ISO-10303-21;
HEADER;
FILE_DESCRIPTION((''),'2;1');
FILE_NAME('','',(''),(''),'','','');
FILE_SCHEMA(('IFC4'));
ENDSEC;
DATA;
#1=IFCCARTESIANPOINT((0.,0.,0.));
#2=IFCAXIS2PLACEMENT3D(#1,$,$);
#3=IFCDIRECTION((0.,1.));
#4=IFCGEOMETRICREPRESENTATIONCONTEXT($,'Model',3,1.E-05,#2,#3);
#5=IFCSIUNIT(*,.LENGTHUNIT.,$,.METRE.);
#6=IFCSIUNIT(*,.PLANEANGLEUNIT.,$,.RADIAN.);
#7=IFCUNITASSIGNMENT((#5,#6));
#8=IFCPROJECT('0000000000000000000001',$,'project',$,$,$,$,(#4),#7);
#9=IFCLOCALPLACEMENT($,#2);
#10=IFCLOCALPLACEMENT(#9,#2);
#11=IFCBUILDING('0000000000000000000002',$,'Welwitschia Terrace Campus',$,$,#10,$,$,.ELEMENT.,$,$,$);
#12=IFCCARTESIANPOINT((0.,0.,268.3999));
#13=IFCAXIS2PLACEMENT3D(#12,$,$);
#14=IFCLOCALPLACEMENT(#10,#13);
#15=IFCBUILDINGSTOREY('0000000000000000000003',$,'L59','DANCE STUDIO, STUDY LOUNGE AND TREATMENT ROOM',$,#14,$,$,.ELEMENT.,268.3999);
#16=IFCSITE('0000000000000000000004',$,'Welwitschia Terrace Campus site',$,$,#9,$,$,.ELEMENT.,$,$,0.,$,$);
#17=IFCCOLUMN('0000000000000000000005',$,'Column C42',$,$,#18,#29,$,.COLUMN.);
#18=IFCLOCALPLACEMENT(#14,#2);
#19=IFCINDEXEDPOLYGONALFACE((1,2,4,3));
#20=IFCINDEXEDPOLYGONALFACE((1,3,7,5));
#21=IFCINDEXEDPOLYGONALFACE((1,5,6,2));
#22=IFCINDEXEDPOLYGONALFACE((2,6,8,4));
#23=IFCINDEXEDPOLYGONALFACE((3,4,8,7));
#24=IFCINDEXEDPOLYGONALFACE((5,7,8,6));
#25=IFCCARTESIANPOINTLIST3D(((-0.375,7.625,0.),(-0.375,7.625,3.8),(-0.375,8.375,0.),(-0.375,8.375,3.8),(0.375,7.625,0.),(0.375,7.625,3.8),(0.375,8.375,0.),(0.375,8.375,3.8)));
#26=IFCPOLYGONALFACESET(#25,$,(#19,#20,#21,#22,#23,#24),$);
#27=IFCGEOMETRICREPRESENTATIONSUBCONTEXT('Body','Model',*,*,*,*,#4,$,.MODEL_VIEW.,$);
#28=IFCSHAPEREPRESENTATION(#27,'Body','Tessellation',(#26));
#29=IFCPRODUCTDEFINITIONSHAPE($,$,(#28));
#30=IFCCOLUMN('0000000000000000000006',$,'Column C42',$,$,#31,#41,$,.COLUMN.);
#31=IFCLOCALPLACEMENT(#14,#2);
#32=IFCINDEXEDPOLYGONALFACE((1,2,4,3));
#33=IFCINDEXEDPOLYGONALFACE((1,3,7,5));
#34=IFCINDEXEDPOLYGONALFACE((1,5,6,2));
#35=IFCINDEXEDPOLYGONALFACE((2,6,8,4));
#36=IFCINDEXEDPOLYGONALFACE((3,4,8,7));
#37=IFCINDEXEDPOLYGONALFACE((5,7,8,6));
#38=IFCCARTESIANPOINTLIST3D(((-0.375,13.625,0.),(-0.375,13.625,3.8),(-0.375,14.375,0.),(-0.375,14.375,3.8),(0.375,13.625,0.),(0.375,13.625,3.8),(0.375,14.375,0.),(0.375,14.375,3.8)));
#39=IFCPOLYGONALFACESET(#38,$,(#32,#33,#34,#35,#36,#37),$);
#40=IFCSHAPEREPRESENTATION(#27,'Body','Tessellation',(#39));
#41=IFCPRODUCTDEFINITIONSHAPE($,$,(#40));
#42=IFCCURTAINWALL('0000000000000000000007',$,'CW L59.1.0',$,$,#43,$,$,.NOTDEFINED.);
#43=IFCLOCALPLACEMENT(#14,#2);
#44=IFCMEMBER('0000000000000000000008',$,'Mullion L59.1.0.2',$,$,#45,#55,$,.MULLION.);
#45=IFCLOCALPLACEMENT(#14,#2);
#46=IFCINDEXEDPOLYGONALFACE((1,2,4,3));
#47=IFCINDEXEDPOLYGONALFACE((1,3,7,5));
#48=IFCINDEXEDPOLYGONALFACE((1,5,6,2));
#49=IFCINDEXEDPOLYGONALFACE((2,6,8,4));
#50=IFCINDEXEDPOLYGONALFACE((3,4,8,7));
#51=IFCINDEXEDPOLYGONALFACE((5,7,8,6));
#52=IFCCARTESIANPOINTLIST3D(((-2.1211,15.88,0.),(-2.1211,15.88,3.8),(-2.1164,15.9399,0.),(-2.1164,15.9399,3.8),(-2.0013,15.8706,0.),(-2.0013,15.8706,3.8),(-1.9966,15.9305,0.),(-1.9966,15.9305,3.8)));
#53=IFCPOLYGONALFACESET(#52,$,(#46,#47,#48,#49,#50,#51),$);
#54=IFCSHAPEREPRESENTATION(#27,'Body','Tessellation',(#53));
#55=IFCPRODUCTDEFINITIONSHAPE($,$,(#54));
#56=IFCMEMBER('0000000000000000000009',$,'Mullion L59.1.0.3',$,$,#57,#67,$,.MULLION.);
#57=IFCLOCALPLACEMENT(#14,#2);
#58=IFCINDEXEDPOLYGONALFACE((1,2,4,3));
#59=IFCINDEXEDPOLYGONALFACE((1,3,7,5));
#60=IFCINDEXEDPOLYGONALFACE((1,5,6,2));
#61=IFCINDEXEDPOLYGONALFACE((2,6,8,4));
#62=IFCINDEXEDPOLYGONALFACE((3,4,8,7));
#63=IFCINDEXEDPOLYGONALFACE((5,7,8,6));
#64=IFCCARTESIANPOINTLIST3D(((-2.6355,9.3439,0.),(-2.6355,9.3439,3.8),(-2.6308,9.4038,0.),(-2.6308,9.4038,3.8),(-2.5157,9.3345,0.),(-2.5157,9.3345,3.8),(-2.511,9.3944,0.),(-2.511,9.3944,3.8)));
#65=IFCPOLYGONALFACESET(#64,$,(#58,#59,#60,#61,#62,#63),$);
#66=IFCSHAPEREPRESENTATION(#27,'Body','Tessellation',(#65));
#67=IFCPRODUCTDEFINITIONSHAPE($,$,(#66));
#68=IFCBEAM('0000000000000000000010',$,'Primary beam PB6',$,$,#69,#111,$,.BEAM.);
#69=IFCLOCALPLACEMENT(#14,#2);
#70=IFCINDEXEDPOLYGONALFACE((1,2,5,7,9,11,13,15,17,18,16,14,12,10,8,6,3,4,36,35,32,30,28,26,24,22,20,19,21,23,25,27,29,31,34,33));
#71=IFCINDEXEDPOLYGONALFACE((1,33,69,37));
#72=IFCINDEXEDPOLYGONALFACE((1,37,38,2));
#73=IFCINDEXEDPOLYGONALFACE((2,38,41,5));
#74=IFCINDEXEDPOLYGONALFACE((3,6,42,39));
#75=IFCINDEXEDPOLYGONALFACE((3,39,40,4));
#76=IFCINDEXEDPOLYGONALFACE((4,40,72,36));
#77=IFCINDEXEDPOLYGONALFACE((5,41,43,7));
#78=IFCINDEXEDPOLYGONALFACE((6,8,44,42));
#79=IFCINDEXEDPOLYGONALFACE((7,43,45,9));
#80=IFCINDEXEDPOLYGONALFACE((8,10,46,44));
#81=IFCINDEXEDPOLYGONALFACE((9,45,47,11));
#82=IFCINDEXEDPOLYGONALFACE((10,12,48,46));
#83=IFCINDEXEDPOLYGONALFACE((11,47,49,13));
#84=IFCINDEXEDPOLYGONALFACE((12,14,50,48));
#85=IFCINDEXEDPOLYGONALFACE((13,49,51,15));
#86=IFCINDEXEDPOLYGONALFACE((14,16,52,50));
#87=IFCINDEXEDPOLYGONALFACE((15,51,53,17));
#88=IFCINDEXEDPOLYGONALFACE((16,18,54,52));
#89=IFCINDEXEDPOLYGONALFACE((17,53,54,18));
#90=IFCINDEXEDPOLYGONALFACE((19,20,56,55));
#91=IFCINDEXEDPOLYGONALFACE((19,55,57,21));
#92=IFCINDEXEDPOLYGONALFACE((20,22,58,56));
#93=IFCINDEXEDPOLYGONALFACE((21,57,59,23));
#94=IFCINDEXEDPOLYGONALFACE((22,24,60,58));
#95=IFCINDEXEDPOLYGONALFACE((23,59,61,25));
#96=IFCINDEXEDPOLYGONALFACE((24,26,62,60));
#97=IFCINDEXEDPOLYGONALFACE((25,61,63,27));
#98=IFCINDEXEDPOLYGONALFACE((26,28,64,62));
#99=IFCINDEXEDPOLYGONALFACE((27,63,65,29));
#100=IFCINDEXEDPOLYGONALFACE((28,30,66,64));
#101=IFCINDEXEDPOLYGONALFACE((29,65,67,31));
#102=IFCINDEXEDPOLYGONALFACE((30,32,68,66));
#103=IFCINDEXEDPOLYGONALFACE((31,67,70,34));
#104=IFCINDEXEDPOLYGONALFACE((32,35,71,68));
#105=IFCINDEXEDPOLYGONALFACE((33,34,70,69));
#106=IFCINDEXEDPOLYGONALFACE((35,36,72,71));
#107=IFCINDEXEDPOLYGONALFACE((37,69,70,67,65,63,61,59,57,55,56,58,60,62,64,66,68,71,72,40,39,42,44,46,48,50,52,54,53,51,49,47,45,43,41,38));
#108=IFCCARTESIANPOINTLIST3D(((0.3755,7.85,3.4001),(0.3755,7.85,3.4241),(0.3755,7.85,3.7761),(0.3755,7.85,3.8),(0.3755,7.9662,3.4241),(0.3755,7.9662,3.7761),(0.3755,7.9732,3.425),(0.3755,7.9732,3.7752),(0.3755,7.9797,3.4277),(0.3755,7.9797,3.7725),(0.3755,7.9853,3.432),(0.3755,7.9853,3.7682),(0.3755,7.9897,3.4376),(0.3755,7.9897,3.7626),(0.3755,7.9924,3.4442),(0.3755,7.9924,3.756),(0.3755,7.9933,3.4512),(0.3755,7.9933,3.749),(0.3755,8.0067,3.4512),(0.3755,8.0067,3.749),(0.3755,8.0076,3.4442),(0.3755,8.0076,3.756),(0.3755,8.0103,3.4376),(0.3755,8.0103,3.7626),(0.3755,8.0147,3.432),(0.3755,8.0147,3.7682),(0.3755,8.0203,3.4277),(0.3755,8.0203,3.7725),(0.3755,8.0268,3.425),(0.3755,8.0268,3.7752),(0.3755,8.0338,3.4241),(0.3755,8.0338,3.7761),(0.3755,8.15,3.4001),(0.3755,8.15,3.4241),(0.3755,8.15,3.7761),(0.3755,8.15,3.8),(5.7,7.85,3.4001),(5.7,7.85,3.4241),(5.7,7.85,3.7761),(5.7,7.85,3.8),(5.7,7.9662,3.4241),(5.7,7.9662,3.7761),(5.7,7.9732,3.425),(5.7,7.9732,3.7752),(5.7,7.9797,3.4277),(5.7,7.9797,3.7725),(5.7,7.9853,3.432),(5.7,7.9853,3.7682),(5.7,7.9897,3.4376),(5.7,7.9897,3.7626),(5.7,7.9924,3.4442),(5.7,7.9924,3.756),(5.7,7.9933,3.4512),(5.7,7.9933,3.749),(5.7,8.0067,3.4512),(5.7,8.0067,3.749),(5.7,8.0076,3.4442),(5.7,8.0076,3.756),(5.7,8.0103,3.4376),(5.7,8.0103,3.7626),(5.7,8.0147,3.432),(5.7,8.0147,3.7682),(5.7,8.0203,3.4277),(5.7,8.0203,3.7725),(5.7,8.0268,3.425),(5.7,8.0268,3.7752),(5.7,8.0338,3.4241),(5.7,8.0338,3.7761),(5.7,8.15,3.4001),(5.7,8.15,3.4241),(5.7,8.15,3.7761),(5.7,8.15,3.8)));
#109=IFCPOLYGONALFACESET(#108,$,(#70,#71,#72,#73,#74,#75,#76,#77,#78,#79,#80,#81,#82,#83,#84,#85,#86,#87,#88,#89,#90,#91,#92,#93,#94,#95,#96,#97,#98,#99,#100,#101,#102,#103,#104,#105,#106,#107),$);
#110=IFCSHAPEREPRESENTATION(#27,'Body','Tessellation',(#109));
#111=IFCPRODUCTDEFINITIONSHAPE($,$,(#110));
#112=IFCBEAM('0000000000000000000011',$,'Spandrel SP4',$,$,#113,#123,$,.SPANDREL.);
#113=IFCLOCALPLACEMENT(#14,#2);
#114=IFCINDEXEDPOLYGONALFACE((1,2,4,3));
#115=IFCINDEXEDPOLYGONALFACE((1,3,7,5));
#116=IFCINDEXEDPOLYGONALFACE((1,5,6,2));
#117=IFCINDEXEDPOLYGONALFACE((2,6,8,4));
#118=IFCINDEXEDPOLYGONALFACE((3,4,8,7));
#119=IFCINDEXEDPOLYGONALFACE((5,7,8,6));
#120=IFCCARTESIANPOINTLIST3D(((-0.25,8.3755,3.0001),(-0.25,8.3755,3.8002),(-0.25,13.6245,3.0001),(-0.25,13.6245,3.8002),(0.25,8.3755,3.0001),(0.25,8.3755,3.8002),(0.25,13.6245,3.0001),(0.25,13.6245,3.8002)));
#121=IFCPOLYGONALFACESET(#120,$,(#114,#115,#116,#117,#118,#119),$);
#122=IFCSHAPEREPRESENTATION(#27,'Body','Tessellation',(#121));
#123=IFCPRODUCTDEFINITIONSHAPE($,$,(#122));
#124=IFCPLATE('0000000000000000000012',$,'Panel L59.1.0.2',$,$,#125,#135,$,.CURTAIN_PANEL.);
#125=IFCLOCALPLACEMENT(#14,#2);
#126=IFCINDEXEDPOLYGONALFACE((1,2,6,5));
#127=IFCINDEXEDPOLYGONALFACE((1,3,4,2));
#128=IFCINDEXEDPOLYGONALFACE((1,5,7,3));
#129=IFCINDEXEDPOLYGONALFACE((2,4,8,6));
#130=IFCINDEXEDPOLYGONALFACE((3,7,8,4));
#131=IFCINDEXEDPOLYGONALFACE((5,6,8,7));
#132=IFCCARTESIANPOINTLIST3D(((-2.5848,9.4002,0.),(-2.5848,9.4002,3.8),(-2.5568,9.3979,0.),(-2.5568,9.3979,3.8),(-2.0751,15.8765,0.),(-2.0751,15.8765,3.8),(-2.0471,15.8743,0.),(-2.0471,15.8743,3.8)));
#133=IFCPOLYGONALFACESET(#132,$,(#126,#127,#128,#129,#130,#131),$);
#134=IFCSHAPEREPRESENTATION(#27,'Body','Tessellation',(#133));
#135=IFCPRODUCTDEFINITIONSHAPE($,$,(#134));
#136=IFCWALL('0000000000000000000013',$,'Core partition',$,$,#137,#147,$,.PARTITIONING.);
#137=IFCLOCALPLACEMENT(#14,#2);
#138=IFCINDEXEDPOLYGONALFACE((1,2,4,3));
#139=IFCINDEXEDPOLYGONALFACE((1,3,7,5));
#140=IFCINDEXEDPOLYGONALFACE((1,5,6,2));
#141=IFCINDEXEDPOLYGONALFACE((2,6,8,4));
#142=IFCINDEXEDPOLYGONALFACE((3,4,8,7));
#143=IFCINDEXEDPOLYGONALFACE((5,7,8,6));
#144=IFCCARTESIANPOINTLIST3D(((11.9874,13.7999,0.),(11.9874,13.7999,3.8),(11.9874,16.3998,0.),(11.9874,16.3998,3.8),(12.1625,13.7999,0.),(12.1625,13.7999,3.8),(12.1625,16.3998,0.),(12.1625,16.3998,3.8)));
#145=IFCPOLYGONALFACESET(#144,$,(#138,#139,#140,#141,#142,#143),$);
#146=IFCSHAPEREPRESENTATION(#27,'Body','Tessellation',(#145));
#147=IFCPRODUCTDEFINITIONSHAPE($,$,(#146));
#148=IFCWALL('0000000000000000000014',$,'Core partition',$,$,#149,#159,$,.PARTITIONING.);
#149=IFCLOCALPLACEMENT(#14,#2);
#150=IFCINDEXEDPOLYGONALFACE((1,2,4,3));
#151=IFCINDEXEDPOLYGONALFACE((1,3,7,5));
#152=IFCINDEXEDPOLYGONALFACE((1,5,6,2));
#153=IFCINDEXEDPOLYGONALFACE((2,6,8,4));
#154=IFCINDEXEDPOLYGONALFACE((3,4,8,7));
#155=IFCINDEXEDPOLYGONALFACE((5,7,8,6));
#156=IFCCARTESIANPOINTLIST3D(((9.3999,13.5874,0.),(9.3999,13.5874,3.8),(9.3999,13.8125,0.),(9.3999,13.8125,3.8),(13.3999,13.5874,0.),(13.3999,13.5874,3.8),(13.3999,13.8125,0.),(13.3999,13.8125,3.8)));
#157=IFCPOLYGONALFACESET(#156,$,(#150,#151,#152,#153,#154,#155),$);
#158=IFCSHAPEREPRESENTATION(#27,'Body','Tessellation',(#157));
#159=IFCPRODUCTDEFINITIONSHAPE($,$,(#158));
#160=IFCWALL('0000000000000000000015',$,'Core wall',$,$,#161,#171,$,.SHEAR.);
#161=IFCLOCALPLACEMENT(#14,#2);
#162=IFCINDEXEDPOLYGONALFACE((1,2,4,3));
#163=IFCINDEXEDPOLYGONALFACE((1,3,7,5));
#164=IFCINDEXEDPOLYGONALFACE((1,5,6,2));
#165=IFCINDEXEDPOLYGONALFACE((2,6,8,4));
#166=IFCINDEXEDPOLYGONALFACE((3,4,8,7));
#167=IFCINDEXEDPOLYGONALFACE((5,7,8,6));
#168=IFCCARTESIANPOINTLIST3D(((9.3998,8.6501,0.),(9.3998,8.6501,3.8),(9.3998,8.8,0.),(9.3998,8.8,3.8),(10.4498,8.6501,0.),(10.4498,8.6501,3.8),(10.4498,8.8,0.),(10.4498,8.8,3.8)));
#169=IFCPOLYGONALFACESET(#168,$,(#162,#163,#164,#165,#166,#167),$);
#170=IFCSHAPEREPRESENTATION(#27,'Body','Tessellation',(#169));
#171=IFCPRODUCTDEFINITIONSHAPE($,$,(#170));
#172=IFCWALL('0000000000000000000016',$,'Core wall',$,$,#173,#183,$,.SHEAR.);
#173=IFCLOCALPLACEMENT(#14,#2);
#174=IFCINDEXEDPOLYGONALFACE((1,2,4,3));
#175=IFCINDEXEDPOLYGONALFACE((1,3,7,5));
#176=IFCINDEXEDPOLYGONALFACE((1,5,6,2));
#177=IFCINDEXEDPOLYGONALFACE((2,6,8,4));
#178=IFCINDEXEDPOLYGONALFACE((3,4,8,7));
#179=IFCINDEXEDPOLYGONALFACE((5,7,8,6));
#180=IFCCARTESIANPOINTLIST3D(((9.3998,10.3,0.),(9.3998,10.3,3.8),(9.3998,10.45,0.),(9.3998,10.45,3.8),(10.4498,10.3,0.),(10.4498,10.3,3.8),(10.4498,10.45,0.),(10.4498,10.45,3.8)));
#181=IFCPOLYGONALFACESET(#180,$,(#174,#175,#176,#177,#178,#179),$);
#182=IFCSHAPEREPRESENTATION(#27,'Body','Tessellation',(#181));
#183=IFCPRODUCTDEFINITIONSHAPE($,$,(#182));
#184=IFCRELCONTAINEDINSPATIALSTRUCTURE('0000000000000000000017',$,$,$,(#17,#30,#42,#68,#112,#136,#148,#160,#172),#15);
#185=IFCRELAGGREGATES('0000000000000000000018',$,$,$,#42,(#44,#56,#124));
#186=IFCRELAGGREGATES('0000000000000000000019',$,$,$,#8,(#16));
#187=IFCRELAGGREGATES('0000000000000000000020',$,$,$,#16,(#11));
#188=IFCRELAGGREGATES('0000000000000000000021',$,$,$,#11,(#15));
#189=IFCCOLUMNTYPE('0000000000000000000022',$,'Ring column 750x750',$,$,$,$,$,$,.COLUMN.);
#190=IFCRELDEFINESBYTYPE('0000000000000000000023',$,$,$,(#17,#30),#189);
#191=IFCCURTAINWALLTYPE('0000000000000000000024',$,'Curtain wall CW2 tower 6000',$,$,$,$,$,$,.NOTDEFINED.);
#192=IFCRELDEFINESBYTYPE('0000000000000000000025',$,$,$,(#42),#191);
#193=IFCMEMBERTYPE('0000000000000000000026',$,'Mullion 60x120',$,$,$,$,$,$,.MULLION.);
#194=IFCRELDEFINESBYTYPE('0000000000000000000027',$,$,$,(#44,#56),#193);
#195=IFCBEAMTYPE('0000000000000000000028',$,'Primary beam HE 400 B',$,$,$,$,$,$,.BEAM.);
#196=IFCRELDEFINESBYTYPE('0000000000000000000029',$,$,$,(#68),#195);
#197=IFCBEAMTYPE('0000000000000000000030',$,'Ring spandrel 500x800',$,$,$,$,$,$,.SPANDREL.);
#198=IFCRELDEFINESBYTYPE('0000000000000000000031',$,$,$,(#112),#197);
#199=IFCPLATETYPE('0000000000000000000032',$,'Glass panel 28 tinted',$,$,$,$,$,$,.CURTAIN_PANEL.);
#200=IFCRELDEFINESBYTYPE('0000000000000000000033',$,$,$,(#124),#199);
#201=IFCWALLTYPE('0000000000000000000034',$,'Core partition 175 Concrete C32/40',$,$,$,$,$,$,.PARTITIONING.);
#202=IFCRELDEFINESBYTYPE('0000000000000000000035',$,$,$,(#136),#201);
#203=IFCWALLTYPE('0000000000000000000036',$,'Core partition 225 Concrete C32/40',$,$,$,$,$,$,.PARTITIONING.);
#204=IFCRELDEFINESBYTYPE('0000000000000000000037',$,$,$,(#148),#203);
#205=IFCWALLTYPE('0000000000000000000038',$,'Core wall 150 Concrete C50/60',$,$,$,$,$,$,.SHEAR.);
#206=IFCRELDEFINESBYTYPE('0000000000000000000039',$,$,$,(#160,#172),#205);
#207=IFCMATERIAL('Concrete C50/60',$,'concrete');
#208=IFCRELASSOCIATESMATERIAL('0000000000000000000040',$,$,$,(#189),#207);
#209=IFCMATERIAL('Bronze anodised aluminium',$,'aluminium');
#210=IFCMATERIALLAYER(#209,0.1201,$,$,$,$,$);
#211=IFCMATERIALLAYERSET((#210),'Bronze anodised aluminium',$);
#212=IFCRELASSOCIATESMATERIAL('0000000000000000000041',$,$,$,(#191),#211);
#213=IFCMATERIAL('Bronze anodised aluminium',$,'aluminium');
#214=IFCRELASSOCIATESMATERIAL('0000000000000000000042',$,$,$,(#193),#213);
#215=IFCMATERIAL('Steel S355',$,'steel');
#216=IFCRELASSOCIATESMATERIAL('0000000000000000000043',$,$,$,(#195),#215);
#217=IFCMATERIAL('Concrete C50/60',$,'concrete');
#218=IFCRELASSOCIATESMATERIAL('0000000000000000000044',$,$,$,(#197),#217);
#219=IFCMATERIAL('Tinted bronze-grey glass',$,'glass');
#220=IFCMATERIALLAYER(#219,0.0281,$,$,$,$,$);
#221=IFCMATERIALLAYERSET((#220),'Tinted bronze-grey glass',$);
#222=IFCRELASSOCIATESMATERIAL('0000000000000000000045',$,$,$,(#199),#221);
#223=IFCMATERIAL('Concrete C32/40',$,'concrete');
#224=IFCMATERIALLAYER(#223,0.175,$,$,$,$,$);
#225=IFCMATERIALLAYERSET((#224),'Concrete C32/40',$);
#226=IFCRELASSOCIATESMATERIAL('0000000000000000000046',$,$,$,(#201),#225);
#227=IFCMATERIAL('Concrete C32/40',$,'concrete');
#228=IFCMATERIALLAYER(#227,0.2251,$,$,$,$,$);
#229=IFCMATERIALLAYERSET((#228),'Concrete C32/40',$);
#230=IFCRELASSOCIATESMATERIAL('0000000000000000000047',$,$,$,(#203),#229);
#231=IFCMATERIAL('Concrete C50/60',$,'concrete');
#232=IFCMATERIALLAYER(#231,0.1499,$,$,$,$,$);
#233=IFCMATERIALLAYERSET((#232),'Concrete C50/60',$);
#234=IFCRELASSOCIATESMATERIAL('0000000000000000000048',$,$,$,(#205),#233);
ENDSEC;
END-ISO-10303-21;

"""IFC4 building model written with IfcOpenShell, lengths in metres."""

from ifc_helpers import new_model, si_unit, direction, frame, frame_2d, origin, origin_2d, place, context, subcontext, project, spatial, rectangle, i_section, extrude, material, layer, layer_set, material_profile, profile_set, type_object, element, aggregate, save


model = new_model("IFC4")

# Units and contexts
model_context = context("Model", 3, precision=1e-05, world=origin(), true_north=direction((0.0, 1.0)))
body_context = subcontext(model_context, "Body", "Model", "MODEL_VIEW")
ifc_project = project(units=[si_unit("LENGTHUNIT", "METRE"), si_unit("PLANEANGLEUNIT", "RADIAN")], contexts=[model_context])

# Site, building, storey
site_placement = place(None, origin())
site = spatial("IfcSite", under=ifc_project, at=site_placement, Name="Welwitschia Terrace Campus site", CompositionType="ELEMENT", RefElevation=0.0)
building_placement = place(site_placement, origin())
building = spatial("IfcBuilding", under=site, at=building_placement, Name="Welwitschia Terrace Campus", CompositionType="ELEMENT")
storey_placement = place(building_placement, frame((0.0, 0.0, 268.3999)))
storey = spatial("IfcBuildingStorey", under=building, at=storey_placement, Name="L59", Description="DANCE STUDIO, STUDY LOUNGE AND TREATMENT ROOM", CompositionType="ELEMENT", Elevation=268.3999)

# Columns
ifc_material_1 = material(Name="Concrete C50/60", Category="concrete")
ifc_material_profile_1 = material_profile(ifc_material_1, rectangle(XDim=0.75, YDim=0.75, at=origin_2d()))
ifc_profile_set_1 = profile_set([ifc_material_profile_1], Name="Concrete C50/60")
column_type = type_object("IfcColumnType", Name="Ring column 750x750", PredefinedType="COLUMN", material=ifc_profile_set_1)
for number, where, z_axis, x_axis, name in (
    (1, (0.0, 8.0, 0.0), (0.0, 0.0, 1.0), (1.0, 0.0, 0.0), "Column C42"),
    (2, (0.0, 14.0, 0.0), (0.0, 0.0, 1.0), (1.0, 0.0, 0.0), "Column C42"),
):
    element("IfcColumn", number, at=place(storey_placement, frame(where, z_axis=z_axis, x_axis=x_axis)), inside=storey, type_object=column_type, Name=name, PredefinedType="COLUMN", context=body_context, shape_type="SweptSolid", body=[
        extrude(rectangle(XDim=0.75, YDim=0.75, at=origin_2d()), origin(), (0.0, 0.0, 1.0), 3.8),
    ])

# Curtain wall, members
ifc_material_2 = material(Name="Bronze anodised aluminium", Category="aluminium")
ifc_layer_1 = layer(ifc_material_2, 0.1201)
ifc_layer_set_1 = layer_set([ifc_layer_1], Name="Bronze anodised aluminium")
curtain_wall_type = type_object("IfcCurtainWallType", Name="Curtain wall CW2 tower 6000", PredefinedType="NOTDEFINED", material=ifc_layer_set_1)
curtain_wall_placement = place(storey_placement, origin())
curtain_wall = element("IfcCurtainWall", 3, at=curtain_wall_placement, inside=storey, type_object=curtain_wall_type, Name="CW L59.1.0", PredefinedType="NOTDEFINED")
ifc_material_3 = material(Name="Bronze anodised aluminium", Category="aluminium")
ifc_material_profile_2 = material_profile(ifc_material_3, rectangle(XDim=0.1201, YDim=0.0601, at=origin_2d()))
ifc_profile_set_2 = profile_set([ifc_material_profile_2], Name="Bronze anodised aluminium")
member_type = type_object("IfcMemberType", Name="Mullion 60x120", PredefinedType="MULLION", material=ifc_profile_set_2)
member_1_placement = place(storey_placement, frame((-2.0588, 15.9053, 0.0), z_axis=(0.0, 0.0, 1.0), x_axis=(0.996917, -0.078459, 0.0)))
member_1 = element("IfcMember", 4, at=member_1_placement, type_object=member_type, Name="Mullion L59.1.0.2", PredefinedType="MULLION", context=body_context, shape_type="SweptSolid", body=[
    extrude(rectangle(XDim=0.1201, YDim=0.0601, at=origin_2d()), origin(), (0.0, 0.0, 1.0), 3.8),
])
member_2_placement = place(storey_placement, frame((-2.5732, 9.3691, 0.0), z_axis=(0.0, 0.0, 1.0), x_axis=(0.996917, -0.078459, 0.0)))
member_2 = element("IfcMember", 5, at=member_2_placement, type_object=member_type, Name="Mullion L59.1.0.3", PredefinedType="MULLION", context=body_context, shape_type="SweptSolid", body=[
    extrude(rectangle(XDim=0.1201, YDim=0.0601, at=origin_2d()), origin(), (0.0, 0.0, 1.0), 3.8),
])

# Beams
ifc_material_4 = material(Name="Steel S355", Category="steel")
ifc_material_profile_3 = material_profile(ifc_material_4, i_section(OverallWidth=0.3, OverallDepth=0.3999, WebThickness=0.0134, FlangeThickness=0.0239, FilletRadius=0.0271, at=origin_2d()))
ifc_profile_set_3 = profile_set([ifc_material_profile_3], Name="Steel S355")
beam_type_1 = type_object("IfcBeamType", Name="Primary beam HE 400 B", PredefinedType="BEAM", material=ifc_profile_set_3)
beam_1_placement = place(storey_placement, frame((0.3755, 8.0, 3.6001), z_axis=(1.0, 0.0, 0.0), x_axis=(0.0, 1.0, 0.0)))
element("IfcBeam", 6, at=beam_1_placement, inside=storey, type_object=beam_type_1, Name="Primary beam PB6", PredefinedType="BEAM", context=body_context, shape_type="SweptSolid", body=[
    extrude(i_section(OverallWidth=0.3, OverallDepth=0.3999, WebThickness=0.0134, FlangeThickness=0.0239, FilletRadius=0.0271, at=origin_2d()), origin(), (0.0, 0.0, 1.0), 5.3245),
])
ifc_material_5 = material(Name="Concrete C50/60", Category="concrete")
ifc_material_profile_4 = material_profile(ifc_material_5, rectangle(XDim=0.5, YDim=0.8, at=origin_2d()))
ifc_profile_set_4 = profile_set([ifc_material_profile_4], Name="Concrete C50/60")
beam_type_2 = type_object("IfcBeamType", Name="Ring spandrel 500x800", PredefinedType="SPANDREL", material=ifc_profile_set_4)
beam_2_placement = place(storey_placement, frame((0.0, 13.6245, 3.4001), z_axis=(0.0, -1.0, 0.0), x_axis=(1.0, 0.0, 0.0)))
element("IfcBeam", 7, at=beam_2_placement, inside=storey, type_object=beam_type_2, Name="Spandrel SP4", PredefinedType="SPANDREL", context=body_context, shape_type="SweptSolid", body=[
    extrude(rectangle(XDim=0.5, YDim=0.8, at=origin_2d()), origin(), (0.0, 0.0, 1.0), 5.249),
])

# Plate
ifc_material_6 = material(Name="Tinted bronze-grey glass", Category="glass")
ifc_layer_2 = layer(ifc_material_6, 0.0281)
ifc_layer_set_2 = layer_set([ifc_layer_2], Name="Tinted bronze-grey glass")
plate_type = type_object("IfcPlateType", Name="Glass panel 28 tinted", PredefinedType="CURTAIN_PANEL", material=ifc_layer_set_2)
plate_placement = place(storey_placement, frame((-2.3159, 12.6372, 0.0), z_axis=(0.0, 0.0, 1.0), x_axis=(-0.078459, -0.996917, 0.0)))
plate = element("IfcPlate", 8, at=plate_placement, type_object=plate_type, Name="Panel L59.1.0.2", PredefinedType="CURTAIN_PANEL", context=body_context, shape_type="SweptSolid", body=[
    extrude(rectangle(XDim=6.4963, YDim=0.0281, at=origin_2d()), origin(), (0.0, 0.0, 1.0), 3.8),
])
aggregate(curtain_wall, [member_1, member_2, plate])

# Walls
ifc_material_7 = material(Name="Concrete C32/40", Category="concrete")
ifc_layer_3 = layer(ifc_material_7, 0.175)
ifc_layer_set_3 = layer_set([ifc_layer_3], Name="Concrete C32/40")
wall_type_1 = type_object("IfcWallType", Name="Core partition 175 Concrete C32/40", PredefinedType="PARTITIONING", material=ifc_layer_set_3)
wall_1_placement = place(storey_placement, frame((12.075, 13.8, 0.0), z_axis=(0.0, 0.0, 1.0), x_axis=(0.0, 1.0, 0.0)))
element("IfcWall", 9, at=wall_1_placement, inside=storey, type_object=wall_type_1, Name="Core partition", PredefinedType="PARTITIONING", context=body_context, shape_type="SweptSolid", body=[
    extrude(rectangle(XDim=2.5999, YDim=0.175, at=frame_2d((1.2998, 0.0))), origin(), (0.0, 0.0, 1.0), 3.8),
])
ifc_material_8 = material(Name="Concrete C32/40", Category="concrete")
ifc_layer_4 = layer(ifc_material_8, 0.2251)
ifc_layer_set_4 = layer_set([ifc_layer_4], Name="Concrete C32/40")
wall_type_2 = type_object("IfcWallType", Name="Core partition 225 Concrete C32/40", PredefinedType="PARTITIONING", material=ifc_layer_set_4)
wall_2_placement = place(storey_placement, frame((9.3999, 13.7, 0.0), z_axis=(0.0, 0.0, 1.0), x_axis=(1.0, 0.0, 0.0)))
element("IfcWall", 10, at=wall_2_placement, inside=storey, type_object=wall_type_2, Name="Core partition", PredefinedType="PARTITIONING", context=body_context, shape_type="SweptSolid", body=[
    extrude(rectangle(XDim=4.0, YDim=0.2251, at=frame_2d((2.0, 0.0))), origin(), (0.0, 0.0, 1.0), 3.8),
])
ifc_material_9 = material(Name="Concrete C50/60", Category="concrete")
ifc_layer_5 = layer(ifc_material_9, 0.1499)
ifc_layer_set_5 = layer_set([ifc_layer_5], Name="Concrete C50/60")
wall_type_3 = type_object("IfcWallType", Name="Core wall 150 Concrete C50/60", PredefinedType="SHEAR", material=ifc_layer_set_5)
for number, where, z_axis, x_axis, name in (
    (11, (9.3999, 8.7251, 0.0), (0.0, 0.0, 1.0), (1.0, 0.0, 0.0), "Core wall"),
    (12, (9.3999, 10.375, 0.0), (0.0, 0.0, 1.0), (1.0, 0.0, 0.0), "Core wall"),
):
    element("IfcWall", number, at=place(storey_placement, frame(where, z_axis=z_axis, x_axis=x_axis)), inside=storey, type_object=wall_type_3, Name=name, PredefinedType="SHEAR", context=body_context, shape_type="SweptSolid", body=[
        extrude(rectangle(XDim=1.05, YDim=0.1499, at=frame_2d((0.5249, 0.0))), origin(), (0.0, 0.0, 1.0), 3.8),
    ])

save(model, "model.ifc")
